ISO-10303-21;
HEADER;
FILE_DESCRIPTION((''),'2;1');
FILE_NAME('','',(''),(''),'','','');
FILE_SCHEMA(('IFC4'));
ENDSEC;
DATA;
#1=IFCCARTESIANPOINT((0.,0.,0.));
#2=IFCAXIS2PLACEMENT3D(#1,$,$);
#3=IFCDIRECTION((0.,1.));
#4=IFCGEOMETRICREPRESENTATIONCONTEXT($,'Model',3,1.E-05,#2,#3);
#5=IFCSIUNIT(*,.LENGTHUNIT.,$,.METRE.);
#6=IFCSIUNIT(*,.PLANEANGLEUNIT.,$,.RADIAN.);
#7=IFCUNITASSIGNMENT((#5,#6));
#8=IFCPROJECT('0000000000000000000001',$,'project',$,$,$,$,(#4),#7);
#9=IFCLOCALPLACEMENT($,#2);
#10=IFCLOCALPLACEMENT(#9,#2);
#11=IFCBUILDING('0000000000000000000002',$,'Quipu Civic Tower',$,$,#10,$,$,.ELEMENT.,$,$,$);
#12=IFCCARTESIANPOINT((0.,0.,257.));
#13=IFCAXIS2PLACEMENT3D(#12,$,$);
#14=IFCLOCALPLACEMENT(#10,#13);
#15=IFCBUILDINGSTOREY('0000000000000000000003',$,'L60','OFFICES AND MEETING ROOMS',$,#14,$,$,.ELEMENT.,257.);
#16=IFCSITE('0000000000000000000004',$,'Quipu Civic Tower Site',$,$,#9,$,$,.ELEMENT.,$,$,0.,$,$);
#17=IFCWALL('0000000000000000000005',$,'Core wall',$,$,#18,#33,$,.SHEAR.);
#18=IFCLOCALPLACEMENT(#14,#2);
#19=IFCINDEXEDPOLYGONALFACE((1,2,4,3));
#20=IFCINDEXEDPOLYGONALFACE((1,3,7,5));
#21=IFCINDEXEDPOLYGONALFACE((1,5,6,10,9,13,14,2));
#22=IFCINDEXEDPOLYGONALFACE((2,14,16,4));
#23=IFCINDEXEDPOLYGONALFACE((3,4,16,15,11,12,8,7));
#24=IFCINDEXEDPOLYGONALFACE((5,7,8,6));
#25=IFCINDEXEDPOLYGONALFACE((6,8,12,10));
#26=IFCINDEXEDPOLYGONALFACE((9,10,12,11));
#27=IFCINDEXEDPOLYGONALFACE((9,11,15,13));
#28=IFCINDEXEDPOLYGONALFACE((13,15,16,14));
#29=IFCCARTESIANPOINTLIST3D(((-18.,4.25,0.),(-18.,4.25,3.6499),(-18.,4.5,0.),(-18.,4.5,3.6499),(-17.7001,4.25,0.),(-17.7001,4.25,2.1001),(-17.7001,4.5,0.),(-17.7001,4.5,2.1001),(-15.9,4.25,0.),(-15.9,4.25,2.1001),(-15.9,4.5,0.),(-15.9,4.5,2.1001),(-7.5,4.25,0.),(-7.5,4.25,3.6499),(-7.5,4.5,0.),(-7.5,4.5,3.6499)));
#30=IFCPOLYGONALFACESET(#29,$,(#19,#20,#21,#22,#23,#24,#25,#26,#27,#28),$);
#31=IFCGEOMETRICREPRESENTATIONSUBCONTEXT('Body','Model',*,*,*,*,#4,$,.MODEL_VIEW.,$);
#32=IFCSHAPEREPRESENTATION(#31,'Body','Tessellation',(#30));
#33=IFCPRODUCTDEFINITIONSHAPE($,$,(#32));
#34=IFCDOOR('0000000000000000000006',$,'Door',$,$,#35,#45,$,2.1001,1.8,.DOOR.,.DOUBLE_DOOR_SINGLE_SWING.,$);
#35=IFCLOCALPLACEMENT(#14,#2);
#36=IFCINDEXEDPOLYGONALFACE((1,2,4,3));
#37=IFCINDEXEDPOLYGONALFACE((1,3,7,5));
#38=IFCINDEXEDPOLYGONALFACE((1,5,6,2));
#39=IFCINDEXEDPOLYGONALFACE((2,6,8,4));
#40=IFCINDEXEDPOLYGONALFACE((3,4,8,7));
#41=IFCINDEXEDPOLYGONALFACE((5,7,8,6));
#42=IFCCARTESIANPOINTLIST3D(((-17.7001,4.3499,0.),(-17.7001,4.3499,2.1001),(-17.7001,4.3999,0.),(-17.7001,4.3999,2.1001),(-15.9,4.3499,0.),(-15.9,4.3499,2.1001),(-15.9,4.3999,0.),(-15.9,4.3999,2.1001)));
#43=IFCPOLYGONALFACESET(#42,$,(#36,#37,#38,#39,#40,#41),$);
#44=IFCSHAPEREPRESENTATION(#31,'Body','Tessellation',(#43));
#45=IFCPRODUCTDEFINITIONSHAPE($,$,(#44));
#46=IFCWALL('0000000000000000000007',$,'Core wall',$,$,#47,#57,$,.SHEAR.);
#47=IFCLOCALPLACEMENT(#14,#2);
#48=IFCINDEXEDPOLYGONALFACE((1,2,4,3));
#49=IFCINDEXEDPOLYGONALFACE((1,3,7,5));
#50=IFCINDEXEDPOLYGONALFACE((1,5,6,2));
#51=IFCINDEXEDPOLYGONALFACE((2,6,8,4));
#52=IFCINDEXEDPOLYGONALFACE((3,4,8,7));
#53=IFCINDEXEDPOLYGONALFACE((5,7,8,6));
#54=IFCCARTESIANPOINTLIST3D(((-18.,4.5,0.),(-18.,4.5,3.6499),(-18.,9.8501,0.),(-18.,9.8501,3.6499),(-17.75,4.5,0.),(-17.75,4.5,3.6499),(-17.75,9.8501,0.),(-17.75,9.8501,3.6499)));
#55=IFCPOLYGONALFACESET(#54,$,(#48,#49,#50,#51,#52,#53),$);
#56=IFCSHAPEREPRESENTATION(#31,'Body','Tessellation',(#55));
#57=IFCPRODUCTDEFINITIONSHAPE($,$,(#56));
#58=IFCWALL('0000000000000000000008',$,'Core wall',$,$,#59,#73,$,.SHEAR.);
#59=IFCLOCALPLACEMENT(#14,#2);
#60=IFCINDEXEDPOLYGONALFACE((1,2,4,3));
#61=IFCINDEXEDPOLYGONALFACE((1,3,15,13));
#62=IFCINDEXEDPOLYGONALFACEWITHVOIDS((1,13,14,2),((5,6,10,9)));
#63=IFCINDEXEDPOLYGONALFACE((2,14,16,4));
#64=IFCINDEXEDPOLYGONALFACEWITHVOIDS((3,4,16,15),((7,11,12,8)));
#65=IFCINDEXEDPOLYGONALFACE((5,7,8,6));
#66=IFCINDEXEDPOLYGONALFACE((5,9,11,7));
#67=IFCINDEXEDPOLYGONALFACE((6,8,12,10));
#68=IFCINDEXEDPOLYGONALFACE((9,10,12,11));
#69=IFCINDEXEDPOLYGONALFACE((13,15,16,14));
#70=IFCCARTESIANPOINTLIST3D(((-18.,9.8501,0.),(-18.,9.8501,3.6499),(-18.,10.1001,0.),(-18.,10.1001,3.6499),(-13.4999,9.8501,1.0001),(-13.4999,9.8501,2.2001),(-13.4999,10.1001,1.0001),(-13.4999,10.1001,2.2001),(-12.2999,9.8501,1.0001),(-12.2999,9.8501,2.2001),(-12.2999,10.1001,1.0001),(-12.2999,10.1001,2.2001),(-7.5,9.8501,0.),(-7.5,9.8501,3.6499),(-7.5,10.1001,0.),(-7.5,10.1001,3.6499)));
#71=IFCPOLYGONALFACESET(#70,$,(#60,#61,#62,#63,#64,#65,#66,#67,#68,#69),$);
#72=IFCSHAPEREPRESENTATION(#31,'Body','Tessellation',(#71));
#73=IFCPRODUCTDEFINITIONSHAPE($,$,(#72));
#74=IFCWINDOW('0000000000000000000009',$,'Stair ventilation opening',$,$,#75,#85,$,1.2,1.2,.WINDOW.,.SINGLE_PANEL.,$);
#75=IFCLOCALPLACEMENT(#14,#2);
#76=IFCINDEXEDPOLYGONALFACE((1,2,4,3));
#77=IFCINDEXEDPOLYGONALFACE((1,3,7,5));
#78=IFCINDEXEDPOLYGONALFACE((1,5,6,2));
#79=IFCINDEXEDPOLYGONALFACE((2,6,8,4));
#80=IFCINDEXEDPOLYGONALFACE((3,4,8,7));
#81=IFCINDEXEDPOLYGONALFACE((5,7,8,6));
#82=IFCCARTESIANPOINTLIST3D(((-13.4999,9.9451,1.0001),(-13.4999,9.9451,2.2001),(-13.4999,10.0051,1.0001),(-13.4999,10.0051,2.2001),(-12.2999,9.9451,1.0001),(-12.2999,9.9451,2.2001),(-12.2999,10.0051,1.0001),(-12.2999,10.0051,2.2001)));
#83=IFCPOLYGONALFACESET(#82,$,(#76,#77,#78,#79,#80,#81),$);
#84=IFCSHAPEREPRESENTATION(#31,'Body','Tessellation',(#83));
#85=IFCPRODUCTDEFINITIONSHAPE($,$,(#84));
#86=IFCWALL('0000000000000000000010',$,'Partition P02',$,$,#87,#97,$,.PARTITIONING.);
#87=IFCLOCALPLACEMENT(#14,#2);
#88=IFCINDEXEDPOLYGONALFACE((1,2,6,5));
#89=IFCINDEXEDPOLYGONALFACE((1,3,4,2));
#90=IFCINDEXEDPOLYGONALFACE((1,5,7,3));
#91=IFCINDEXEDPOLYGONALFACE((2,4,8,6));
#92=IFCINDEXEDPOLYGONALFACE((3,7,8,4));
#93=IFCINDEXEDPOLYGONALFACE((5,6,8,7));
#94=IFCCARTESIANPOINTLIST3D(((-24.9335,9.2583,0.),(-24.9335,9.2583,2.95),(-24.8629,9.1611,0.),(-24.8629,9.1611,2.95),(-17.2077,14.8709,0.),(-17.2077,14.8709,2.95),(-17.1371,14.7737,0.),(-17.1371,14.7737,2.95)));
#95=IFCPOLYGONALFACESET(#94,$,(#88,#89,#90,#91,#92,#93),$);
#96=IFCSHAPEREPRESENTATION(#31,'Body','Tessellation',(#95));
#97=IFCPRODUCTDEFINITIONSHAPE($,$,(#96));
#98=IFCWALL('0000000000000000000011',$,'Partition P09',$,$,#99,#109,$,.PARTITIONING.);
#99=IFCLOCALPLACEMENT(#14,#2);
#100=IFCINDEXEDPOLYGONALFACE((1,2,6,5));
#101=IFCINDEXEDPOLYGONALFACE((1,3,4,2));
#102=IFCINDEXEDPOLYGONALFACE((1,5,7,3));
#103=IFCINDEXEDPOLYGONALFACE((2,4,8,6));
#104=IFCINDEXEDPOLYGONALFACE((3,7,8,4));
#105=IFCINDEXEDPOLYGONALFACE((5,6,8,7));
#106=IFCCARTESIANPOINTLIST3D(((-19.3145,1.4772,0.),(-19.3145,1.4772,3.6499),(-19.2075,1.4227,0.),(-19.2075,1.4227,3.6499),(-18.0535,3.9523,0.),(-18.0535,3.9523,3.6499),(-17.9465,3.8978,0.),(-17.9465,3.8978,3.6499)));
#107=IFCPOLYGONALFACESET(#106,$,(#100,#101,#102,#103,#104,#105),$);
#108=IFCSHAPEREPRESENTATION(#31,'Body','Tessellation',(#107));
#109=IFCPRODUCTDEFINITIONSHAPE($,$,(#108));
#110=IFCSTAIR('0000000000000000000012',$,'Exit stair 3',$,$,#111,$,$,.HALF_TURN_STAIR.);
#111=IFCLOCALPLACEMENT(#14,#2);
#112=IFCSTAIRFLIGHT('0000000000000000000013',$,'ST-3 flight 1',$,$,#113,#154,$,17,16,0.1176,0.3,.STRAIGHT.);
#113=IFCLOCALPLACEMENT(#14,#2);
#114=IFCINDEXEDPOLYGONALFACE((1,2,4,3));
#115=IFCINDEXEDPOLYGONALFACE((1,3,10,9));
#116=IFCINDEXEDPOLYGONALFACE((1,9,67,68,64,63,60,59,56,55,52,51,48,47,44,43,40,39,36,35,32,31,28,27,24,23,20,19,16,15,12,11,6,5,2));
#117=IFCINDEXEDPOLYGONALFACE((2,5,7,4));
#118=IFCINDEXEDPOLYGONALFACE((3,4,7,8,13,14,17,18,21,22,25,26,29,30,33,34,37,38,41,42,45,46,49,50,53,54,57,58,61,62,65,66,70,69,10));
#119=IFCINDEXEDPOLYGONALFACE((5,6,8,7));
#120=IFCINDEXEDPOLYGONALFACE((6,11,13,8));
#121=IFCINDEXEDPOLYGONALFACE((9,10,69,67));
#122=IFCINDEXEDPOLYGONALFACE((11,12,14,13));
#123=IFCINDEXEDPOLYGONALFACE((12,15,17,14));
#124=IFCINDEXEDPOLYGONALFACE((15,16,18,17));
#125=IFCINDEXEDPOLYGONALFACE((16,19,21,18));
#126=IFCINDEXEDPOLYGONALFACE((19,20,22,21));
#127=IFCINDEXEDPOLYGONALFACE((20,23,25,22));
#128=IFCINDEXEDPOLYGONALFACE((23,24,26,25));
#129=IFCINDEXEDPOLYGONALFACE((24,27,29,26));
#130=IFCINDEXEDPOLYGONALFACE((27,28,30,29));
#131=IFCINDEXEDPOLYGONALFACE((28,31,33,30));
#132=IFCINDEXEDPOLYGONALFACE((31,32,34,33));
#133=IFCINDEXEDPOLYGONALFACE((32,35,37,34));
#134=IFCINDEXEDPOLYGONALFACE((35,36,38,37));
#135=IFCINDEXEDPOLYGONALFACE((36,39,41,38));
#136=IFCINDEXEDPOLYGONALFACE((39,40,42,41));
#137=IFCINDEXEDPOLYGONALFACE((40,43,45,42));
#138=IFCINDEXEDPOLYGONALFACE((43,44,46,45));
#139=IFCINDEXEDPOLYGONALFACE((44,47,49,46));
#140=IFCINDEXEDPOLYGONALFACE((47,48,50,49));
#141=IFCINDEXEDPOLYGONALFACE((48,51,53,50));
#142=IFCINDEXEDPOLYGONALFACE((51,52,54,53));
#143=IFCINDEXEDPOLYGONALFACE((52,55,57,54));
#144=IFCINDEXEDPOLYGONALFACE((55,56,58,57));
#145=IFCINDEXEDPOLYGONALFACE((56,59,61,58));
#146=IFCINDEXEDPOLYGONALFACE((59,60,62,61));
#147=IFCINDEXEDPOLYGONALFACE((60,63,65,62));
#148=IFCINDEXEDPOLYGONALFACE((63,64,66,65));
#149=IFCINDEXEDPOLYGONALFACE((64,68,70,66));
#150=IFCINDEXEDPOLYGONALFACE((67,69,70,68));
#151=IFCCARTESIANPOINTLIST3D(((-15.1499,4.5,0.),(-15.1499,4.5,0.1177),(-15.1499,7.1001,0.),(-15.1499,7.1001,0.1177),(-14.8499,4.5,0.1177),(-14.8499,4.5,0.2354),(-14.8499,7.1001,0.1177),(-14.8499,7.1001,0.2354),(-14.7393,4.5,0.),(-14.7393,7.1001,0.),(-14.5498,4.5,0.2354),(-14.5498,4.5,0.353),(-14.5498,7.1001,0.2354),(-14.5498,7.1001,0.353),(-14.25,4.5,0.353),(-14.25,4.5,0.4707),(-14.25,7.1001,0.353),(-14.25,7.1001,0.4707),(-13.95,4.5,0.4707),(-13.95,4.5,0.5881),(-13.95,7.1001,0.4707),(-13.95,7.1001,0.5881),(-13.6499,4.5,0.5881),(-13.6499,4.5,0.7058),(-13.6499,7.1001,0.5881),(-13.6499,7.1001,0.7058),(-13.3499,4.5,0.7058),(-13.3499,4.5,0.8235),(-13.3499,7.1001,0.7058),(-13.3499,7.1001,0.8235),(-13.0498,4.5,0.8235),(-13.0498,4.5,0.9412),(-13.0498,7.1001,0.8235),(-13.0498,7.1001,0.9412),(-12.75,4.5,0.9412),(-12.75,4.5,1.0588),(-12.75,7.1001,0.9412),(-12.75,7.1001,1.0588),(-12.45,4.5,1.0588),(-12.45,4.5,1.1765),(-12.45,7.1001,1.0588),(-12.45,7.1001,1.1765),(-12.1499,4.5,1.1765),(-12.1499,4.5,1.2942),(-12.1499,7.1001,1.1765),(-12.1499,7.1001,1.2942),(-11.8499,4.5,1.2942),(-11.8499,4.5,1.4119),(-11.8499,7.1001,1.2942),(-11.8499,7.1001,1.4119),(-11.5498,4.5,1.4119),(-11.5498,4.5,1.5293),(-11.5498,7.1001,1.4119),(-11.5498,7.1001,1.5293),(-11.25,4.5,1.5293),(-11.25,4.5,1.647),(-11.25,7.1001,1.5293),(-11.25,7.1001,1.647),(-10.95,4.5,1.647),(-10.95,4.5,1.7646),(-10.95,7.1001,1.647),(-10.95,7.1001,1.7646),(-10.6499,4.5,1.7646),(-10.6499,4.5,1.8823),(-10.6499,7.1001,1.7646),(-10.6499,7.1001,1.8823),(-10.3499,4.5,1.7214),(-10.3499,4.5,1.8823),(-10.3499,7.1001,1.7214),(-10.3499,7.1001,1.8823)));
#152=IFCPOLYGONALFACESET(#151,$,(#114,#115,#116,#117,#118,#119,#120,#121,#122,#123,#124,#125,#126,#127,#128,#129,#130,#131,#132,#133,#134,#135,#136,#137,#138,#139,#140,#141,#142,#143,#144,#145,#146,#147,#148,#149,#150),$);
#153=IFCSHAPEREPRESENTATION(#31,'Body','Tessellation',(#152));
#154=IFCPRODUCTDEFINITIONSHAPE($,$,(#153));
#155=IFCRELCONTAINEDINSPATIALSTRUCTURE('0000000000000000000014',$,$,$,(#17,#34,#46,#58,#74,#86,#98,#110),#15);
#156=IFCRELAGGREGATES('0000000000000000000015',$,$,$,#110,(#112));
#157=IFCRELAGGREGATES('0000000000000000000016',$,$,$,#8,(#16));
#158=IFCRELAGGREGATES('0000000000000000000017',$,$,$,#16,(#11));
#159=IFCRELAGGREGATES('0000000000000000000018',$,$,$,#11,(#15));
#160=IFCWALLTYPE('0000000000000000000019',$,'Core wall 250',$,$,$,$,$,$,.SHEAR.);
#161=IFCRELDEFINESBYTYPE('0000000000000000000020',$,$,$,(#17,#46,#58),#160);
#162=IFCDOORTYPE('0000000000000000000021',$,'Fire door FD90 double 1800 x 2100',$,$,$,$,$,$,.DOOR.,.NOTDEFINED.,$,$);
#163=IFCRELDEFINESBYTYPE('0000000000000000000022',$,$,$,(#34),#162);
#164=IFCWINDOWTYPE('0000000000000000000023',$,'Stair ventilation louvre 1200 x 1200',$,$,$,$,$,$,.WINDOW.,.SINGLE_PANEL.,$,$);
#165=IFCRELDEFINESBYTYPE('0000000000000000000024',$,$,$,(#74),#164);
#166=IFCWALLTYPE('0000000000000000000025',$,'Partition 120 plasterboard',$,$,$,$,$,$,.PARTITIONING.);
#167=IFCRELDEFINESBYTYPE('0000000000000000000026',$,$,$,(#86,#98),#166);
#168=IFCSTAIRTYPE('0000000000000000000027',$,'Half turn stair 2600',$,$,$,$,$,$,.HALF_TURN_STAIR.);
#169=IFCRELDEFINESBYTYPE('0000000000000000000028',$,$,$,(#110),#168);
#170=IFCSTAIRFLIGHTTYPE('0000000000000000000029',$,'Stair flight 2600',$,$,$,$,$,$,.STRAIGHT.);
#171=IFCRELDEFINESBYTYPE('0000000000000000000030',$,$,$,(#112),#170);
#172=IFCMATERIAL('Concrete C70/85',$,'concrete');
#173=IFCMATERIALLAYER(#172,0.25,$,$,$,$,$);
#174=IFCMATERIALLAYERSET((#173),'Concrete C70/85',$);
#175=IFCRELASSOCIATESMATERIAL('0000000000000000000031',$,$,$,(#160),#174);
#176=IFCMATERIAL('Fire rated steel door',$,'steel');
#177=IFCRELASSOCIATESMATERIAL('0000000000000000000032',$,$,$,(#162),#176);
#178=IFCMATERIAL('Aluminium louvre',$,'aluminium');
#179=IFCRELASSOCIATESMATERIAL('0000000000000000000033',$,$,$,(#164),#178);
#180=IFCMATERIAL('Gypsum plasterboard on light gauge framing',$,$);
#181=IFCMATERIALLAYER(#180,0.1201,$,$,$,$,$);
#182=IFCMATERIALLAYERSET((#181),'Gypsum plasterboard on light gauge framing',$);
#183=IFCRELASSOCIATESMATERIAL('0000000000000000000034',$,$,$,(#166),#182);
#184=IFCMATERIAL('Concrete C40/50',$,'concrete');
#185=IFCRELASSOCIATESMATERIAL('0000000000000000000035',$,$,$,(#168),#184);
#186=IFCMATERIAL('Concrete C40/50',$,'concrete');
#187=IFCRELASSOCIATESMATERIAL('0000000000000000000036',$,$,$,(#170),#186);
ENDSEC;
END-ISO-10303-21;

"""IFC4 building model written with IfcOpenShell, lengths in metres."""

from ifc_helpers import new_model, si_unit, direction, frame, frame_2d, origin, place, context, subcontext, project, spatial, polyline, rectangle, outline, extrude, material, layer, layer_set, type_object, element, fill, aggregate, save


model = new_model("IFC4")

# Units and contexts
model_context = context("Model", 3, precision=1e-05, world=origin(), true_north=direction((0.0, 1.0)))
body_context = subcontext(model_context, "Body", "Model", "MODEL_VIEW")
ifc_project = project(units=[si_unit("LENGTHUNIT", "METRE"), si_unit("PLANEANGLEUNIT", "RADIAN")], contexts=[model_context])

# Site, building, storey
site_placement = place(None, origin())
site = spatial("IfcSite", under=ifc_project, at=site_placement, Name="Quipu Civic Tower Site", CompositionType="ELEMENT", RefElevation=0.0)
building_placement = place(site_placement, origin())
building = spatial("IfcBuilding", under=site, at=building_placement, Name="Quipu Civic Tower", CompositionType="ELEMENT")
storey_placement = place(building_placement, frame((0.0, 0.0, 257.0)))
storey = spatial("IfcBuildingStorey", under=building, at=storey_placement, Name="L60", Description="OFFICES AND MEETING ROOMS", CompositionType="ELEMENT", Elevation=257.0)

# Shared definitions
ifc_material_1 = material(Name="Concrete C70/85", Category="concrete")
ifc_layer_1 = layer(ifc_material_1, 0.25)
ifc_layer_set_1 = layer_set([ifc_layer_1], Name="Concrete C70/85")
wall_type_1 = type_object("IfcWallType", Name="Core wall 250", PredefinedType="SHEAR", material=ifc_layer_set_1)

# Wall, opening, door
wall_1_placement = place(storey_placement, frame((-18.0, 4.375, 0.0), z_axis=(0.0, 0.0, 1.0), x_axis=(1.0, 0.0, 0.0)))
wall_1 = element("IfcWall", 1, at=wall_1_placement, inside=storey, type_object=wall_type_1, Name="Core wall", PredefinedType="SHEAR", context=body_context, shape_type="SweptSolid", body=[
    extrude(rectangle(XDim=10.5, YDim=0.25, at=frame_2d((5.25, 0.0))), origin(), (0.0, 0.0, 1.0), 3.6499),
])
opening_1_placement = place(wall_1_placement, frame((0.3, 0.0, 0.0)))
opening_1 = element("IfcOpeningElement", 2, at=opening_1_placement, cuts=wall_1, PredefinedType="OPENING", context=body_context, shape_type="SweptSolid", body=[
    extrude(rectangle(XDim=1.8, YDim=2.1001, at=frame_2d((0.8999, 1.05))), frame((0.0, 0.135, 0.0), z_axis=(0.0, -1.0, 0.0), x_axis=(1.0, 0.0, 0.0)), (0.0, 0.0, 1.0), 0.27),
])
ifc_material_2 = material(Name="Fire rated steel door", Category="steel")
door_type = type_object("IfcDoorType", Name="Fire door FD90 double 1800 x 2100", OperationType="NOTDEFINED", PredefinedType="DOOR", material=ifc_material_2)
door_placement = place(opening_1_placement, origin())
door = element("IfcDoor", 3, at=door_placement, inside=storey, type_object=door_type, Name="Door", OperationType="DOUBLE_DOOR_SINGLE_SWING", OverallHeight=2.1001, OverallWidth=1.8, PredefinedType="DOOR", context=body_context, shape_type="SweptSolid", body=[
    extrude(rectangle(XDim=1.8, YDim=2.1001, at=frame_2d((0.8999, 1.05))), frame((0.0, 0.0249, 0.0), z_axis=(0.0, -1.0, 0.0), x_axis=(1.0, 0.0, 0.0)), (0.0, 0.0, 1.0), 0.05),
])
fill(opening_1, door)

# Wall
wall_2_placement = place(storey_placement, frame((-17.875, 4.5, 0.0), z_axis=(0.0, 0.0, 1.0), x_axis=(0.0, 1.0, 0.0)))
element("IfcWall", 4, at=wall_2_placement, inside=storey, type_object=wall_type_1, Name="Core wall", PredefinedType="SHEAR", context=body_context, shape_type="SweptSolid", body=[
    extrude(rectangle(XDim=5.3501, YDim=0.25, at=frame_2d((2.675, 0.0))), origin(), (0.0, 0.0, 1.0), 3.6499),
])

# Wall, opening, window
wall_3_placement = place(storey_placement, frame((-18.0, 9.9751, 0.0), z_axis=(0.0, 0.0, 1.0), x_axis=(1.0, 0.0, 0.0)))
wall_3 = element("IfcWall", 5, at=wall_3_placement, inside=storey, type_object=wall_type_1, Name="Core wall", PredefinedType="SHEAR", context=body_context, shape_type="SweptSolid", body=[
    extrude(rectangle(XDim=10.5, YDim=0.25, at=frame_2d((5.25, 0.0))), origin(), (0.0, 0.0, 1.0), 3.6499),
])
opening_2_placement = place(wall_3_placement, frame((4.5, 0.0, 1.0)))
opening_2 = element("IfcOpeningElement", 6, at=opening_2_placement, cuts=wall_3, PredefinedType="OPENING", context=body_context, shape_type="SweptSolid", body=[
    extrude(rectangle(XDim=1.2, YDim=1.2, at=frame_2d((0.6001, 0.6001))), frame((0.0, 0.135, 0.0), z_axis=(0.0, -1.0, 0.0), x_axis=(1.0, 0.0, 0.0)), (0.0, 0.0, 1.0), 0.27),
])
ifc_material_3 = material(Name="Aluminium louvre", Category="aluminium")
window_type = type_object("IfcWindowType", Name="Stair ventilation louvre 1200 x 1200", PartitioningType="SINGLE_PANEL", PredefinedType="WINDOW", material=ifc_material_3)
window_placement = place(opening_2_placement, origin())
window = element("IfcWindow", 7, at=window_placement, inside=storey, type_object=window_type, Name="Stair ventilation opening", OverallHeight=1.2, OverallWidth=1.2, PartitioningType="SINGLE_PANEL", PredefinedType="WINDOW", context=body_context, shape_type="SweptSolid", body=[
    extrude(rectangle(XDim=1.2, YDim=1.2, at=frame_2d((0.6001, 0.6001))), frame((0.0, 0.03, 0.0), z_axis=(0.0, -1.0, 0.0), x_axis=(1.0, 0.0, 0.0)), (0.0, 0.0, 1.0), 0.0601),
])
fill(opening_2, window)

# Walls
ifc_material_4 = material(Name="Gypsum plasterboard on light gauge framing")
ifc_layer_2 = layer(ifc_material_4, 0.1201)
ifc_layer_set_2 = layer_set([ifc_layer_2], Name="Gypsum plasterboard on light gauge framing")
wall_type_2 = type_object("IfcWallType", Name="Partition 120 plasterboard", PredefinedType="PARTITIONING", material=ifc_layer_set_2)
wall_4_placement = place(storey_placement, frame((-17.1724, 14.8223, 0.0), z_axis=(0.0, 0.0, 1.0), x_axis=(-0.809047, -0.587744, 0.0)))
element("IfcWall", 8, at=wall_4_placement, inside=storey, type_object=wall_type_2, Name="Partition P02", PredefinedType="PARTITIONING", context=body_context, shape_type="SweptSolid", body=[
    extrude(rectangle(XDim=9.5493, YDim=0.1201, at=frame_2d((4.7747, 0.0))), origin(), (0.0, 0.0, 1.0), 2.95),
])
wall_5_placement = place(storey_placement, frame((-19.261, 1.45, 0.0), z_axis=(0.0, 0.0, 1.0), x_axis=(0.453951, 0.891027, 0.0)))
element("IfcWall", 9, at=wall_5_placement, inside=storey, type_object=wall_type_2, Name="Partition P09", PredefinedType="PARTITIONING", context=body_context, shape_type="SweptSolid", body=[
    extrude(rectangle(XDim=2.7778, YDim=0.1201, at=frame_2d((1.3889, 0.0))), origin(), (0.0, 0.0, 1.0), 3.6499),
])

# Stair, stair flight
ifc_material_5 = material(Name="Concrete C40/50", Category="concrete")
stair_type = type_object("IfcStairType", Name="Half turn stair 2600", PredefinedType="HALF_TURN_STAIR", material=ifc_material_5)
stair_placement = place(storey_placement, origin())
stair = element("IfcStair", 10, at=stair_placement, inside=storey, type_object=stair_type, Name="Exit stair 3", PredefinedType="HALF_TURN_STAIR")
ifc_material_6 = material(Name="Concrete C40/50", Category="concrete")
stair_flight_type = type_object("IfcStairFlightType", Name="Stair flight 2600", PredefinedType="STRAIGHT", material=ifc_material_6)
stair_flight_placement = place(storey_placement, frame((-15.1499, 5.8, 0.0), z_axis=(0.0, 0.0, 1.0), x_axis=(1.0, 0.0, 0.0)))
stair_flight = element("IfcStairFlight", 11, at=stair_flight_placement, type_object=stair_flight_type, Name="ST-3 flight 1", NumberOfRisers=17, NumberOfTreads=16, PredefinedType="STRAIGHT", RiserHeight=0.1176, TreadLength=0.3, context=body_context, shape_type="SweptSolid", body=[
    extrude(outline(polyline([(0.0, 0.0), (0.0, 0.1177), (0.3, 0.1177), (0.3, 0.2354), (0.6001, 0.2354), (0.6001, 0.353), (0.8999, 0.353), (0.8999, 0.4707), (1.2, 0.4707), (1.2, 0.5881), (1.5, 0.5881), (1.5, 0.7058), (1.8, 0.7058), (1.8, 0.8235), (2.1001, 0.8235), (2.1001, 0.9412), (2.3999, 0.9412), (2.3999, 1.0588), (2.7, 1.0588), (2.7, 1.1765), (3.0, 1.1765), (3.0, 1.2942), (3.3, 1.2942), (3.3, 1.4119), (3.6001, 1.4119), (3.6001, 1.5293), (3.8999, 1.5293), (3.8999, 1.647), (4.2, 1.647), (4.2, 1.7646), (4.5, 1.7646), (4.5, 1.8823), (4.8, 1.8823), (4.8, 2.0), (4.8, 1.7214), (0.4106, 0.0), (0.0, 0.0)])), frame((0.0, 1.3, 0.0), z_axis=(0.0, -1.0, 0.0), x_axis=(1.0, 0.0, 0.0)), (0.0, 0.0, 1.0), 2.6001),
])
aggregate(stair, [stair_flight])

save(model, "model.ifc")
